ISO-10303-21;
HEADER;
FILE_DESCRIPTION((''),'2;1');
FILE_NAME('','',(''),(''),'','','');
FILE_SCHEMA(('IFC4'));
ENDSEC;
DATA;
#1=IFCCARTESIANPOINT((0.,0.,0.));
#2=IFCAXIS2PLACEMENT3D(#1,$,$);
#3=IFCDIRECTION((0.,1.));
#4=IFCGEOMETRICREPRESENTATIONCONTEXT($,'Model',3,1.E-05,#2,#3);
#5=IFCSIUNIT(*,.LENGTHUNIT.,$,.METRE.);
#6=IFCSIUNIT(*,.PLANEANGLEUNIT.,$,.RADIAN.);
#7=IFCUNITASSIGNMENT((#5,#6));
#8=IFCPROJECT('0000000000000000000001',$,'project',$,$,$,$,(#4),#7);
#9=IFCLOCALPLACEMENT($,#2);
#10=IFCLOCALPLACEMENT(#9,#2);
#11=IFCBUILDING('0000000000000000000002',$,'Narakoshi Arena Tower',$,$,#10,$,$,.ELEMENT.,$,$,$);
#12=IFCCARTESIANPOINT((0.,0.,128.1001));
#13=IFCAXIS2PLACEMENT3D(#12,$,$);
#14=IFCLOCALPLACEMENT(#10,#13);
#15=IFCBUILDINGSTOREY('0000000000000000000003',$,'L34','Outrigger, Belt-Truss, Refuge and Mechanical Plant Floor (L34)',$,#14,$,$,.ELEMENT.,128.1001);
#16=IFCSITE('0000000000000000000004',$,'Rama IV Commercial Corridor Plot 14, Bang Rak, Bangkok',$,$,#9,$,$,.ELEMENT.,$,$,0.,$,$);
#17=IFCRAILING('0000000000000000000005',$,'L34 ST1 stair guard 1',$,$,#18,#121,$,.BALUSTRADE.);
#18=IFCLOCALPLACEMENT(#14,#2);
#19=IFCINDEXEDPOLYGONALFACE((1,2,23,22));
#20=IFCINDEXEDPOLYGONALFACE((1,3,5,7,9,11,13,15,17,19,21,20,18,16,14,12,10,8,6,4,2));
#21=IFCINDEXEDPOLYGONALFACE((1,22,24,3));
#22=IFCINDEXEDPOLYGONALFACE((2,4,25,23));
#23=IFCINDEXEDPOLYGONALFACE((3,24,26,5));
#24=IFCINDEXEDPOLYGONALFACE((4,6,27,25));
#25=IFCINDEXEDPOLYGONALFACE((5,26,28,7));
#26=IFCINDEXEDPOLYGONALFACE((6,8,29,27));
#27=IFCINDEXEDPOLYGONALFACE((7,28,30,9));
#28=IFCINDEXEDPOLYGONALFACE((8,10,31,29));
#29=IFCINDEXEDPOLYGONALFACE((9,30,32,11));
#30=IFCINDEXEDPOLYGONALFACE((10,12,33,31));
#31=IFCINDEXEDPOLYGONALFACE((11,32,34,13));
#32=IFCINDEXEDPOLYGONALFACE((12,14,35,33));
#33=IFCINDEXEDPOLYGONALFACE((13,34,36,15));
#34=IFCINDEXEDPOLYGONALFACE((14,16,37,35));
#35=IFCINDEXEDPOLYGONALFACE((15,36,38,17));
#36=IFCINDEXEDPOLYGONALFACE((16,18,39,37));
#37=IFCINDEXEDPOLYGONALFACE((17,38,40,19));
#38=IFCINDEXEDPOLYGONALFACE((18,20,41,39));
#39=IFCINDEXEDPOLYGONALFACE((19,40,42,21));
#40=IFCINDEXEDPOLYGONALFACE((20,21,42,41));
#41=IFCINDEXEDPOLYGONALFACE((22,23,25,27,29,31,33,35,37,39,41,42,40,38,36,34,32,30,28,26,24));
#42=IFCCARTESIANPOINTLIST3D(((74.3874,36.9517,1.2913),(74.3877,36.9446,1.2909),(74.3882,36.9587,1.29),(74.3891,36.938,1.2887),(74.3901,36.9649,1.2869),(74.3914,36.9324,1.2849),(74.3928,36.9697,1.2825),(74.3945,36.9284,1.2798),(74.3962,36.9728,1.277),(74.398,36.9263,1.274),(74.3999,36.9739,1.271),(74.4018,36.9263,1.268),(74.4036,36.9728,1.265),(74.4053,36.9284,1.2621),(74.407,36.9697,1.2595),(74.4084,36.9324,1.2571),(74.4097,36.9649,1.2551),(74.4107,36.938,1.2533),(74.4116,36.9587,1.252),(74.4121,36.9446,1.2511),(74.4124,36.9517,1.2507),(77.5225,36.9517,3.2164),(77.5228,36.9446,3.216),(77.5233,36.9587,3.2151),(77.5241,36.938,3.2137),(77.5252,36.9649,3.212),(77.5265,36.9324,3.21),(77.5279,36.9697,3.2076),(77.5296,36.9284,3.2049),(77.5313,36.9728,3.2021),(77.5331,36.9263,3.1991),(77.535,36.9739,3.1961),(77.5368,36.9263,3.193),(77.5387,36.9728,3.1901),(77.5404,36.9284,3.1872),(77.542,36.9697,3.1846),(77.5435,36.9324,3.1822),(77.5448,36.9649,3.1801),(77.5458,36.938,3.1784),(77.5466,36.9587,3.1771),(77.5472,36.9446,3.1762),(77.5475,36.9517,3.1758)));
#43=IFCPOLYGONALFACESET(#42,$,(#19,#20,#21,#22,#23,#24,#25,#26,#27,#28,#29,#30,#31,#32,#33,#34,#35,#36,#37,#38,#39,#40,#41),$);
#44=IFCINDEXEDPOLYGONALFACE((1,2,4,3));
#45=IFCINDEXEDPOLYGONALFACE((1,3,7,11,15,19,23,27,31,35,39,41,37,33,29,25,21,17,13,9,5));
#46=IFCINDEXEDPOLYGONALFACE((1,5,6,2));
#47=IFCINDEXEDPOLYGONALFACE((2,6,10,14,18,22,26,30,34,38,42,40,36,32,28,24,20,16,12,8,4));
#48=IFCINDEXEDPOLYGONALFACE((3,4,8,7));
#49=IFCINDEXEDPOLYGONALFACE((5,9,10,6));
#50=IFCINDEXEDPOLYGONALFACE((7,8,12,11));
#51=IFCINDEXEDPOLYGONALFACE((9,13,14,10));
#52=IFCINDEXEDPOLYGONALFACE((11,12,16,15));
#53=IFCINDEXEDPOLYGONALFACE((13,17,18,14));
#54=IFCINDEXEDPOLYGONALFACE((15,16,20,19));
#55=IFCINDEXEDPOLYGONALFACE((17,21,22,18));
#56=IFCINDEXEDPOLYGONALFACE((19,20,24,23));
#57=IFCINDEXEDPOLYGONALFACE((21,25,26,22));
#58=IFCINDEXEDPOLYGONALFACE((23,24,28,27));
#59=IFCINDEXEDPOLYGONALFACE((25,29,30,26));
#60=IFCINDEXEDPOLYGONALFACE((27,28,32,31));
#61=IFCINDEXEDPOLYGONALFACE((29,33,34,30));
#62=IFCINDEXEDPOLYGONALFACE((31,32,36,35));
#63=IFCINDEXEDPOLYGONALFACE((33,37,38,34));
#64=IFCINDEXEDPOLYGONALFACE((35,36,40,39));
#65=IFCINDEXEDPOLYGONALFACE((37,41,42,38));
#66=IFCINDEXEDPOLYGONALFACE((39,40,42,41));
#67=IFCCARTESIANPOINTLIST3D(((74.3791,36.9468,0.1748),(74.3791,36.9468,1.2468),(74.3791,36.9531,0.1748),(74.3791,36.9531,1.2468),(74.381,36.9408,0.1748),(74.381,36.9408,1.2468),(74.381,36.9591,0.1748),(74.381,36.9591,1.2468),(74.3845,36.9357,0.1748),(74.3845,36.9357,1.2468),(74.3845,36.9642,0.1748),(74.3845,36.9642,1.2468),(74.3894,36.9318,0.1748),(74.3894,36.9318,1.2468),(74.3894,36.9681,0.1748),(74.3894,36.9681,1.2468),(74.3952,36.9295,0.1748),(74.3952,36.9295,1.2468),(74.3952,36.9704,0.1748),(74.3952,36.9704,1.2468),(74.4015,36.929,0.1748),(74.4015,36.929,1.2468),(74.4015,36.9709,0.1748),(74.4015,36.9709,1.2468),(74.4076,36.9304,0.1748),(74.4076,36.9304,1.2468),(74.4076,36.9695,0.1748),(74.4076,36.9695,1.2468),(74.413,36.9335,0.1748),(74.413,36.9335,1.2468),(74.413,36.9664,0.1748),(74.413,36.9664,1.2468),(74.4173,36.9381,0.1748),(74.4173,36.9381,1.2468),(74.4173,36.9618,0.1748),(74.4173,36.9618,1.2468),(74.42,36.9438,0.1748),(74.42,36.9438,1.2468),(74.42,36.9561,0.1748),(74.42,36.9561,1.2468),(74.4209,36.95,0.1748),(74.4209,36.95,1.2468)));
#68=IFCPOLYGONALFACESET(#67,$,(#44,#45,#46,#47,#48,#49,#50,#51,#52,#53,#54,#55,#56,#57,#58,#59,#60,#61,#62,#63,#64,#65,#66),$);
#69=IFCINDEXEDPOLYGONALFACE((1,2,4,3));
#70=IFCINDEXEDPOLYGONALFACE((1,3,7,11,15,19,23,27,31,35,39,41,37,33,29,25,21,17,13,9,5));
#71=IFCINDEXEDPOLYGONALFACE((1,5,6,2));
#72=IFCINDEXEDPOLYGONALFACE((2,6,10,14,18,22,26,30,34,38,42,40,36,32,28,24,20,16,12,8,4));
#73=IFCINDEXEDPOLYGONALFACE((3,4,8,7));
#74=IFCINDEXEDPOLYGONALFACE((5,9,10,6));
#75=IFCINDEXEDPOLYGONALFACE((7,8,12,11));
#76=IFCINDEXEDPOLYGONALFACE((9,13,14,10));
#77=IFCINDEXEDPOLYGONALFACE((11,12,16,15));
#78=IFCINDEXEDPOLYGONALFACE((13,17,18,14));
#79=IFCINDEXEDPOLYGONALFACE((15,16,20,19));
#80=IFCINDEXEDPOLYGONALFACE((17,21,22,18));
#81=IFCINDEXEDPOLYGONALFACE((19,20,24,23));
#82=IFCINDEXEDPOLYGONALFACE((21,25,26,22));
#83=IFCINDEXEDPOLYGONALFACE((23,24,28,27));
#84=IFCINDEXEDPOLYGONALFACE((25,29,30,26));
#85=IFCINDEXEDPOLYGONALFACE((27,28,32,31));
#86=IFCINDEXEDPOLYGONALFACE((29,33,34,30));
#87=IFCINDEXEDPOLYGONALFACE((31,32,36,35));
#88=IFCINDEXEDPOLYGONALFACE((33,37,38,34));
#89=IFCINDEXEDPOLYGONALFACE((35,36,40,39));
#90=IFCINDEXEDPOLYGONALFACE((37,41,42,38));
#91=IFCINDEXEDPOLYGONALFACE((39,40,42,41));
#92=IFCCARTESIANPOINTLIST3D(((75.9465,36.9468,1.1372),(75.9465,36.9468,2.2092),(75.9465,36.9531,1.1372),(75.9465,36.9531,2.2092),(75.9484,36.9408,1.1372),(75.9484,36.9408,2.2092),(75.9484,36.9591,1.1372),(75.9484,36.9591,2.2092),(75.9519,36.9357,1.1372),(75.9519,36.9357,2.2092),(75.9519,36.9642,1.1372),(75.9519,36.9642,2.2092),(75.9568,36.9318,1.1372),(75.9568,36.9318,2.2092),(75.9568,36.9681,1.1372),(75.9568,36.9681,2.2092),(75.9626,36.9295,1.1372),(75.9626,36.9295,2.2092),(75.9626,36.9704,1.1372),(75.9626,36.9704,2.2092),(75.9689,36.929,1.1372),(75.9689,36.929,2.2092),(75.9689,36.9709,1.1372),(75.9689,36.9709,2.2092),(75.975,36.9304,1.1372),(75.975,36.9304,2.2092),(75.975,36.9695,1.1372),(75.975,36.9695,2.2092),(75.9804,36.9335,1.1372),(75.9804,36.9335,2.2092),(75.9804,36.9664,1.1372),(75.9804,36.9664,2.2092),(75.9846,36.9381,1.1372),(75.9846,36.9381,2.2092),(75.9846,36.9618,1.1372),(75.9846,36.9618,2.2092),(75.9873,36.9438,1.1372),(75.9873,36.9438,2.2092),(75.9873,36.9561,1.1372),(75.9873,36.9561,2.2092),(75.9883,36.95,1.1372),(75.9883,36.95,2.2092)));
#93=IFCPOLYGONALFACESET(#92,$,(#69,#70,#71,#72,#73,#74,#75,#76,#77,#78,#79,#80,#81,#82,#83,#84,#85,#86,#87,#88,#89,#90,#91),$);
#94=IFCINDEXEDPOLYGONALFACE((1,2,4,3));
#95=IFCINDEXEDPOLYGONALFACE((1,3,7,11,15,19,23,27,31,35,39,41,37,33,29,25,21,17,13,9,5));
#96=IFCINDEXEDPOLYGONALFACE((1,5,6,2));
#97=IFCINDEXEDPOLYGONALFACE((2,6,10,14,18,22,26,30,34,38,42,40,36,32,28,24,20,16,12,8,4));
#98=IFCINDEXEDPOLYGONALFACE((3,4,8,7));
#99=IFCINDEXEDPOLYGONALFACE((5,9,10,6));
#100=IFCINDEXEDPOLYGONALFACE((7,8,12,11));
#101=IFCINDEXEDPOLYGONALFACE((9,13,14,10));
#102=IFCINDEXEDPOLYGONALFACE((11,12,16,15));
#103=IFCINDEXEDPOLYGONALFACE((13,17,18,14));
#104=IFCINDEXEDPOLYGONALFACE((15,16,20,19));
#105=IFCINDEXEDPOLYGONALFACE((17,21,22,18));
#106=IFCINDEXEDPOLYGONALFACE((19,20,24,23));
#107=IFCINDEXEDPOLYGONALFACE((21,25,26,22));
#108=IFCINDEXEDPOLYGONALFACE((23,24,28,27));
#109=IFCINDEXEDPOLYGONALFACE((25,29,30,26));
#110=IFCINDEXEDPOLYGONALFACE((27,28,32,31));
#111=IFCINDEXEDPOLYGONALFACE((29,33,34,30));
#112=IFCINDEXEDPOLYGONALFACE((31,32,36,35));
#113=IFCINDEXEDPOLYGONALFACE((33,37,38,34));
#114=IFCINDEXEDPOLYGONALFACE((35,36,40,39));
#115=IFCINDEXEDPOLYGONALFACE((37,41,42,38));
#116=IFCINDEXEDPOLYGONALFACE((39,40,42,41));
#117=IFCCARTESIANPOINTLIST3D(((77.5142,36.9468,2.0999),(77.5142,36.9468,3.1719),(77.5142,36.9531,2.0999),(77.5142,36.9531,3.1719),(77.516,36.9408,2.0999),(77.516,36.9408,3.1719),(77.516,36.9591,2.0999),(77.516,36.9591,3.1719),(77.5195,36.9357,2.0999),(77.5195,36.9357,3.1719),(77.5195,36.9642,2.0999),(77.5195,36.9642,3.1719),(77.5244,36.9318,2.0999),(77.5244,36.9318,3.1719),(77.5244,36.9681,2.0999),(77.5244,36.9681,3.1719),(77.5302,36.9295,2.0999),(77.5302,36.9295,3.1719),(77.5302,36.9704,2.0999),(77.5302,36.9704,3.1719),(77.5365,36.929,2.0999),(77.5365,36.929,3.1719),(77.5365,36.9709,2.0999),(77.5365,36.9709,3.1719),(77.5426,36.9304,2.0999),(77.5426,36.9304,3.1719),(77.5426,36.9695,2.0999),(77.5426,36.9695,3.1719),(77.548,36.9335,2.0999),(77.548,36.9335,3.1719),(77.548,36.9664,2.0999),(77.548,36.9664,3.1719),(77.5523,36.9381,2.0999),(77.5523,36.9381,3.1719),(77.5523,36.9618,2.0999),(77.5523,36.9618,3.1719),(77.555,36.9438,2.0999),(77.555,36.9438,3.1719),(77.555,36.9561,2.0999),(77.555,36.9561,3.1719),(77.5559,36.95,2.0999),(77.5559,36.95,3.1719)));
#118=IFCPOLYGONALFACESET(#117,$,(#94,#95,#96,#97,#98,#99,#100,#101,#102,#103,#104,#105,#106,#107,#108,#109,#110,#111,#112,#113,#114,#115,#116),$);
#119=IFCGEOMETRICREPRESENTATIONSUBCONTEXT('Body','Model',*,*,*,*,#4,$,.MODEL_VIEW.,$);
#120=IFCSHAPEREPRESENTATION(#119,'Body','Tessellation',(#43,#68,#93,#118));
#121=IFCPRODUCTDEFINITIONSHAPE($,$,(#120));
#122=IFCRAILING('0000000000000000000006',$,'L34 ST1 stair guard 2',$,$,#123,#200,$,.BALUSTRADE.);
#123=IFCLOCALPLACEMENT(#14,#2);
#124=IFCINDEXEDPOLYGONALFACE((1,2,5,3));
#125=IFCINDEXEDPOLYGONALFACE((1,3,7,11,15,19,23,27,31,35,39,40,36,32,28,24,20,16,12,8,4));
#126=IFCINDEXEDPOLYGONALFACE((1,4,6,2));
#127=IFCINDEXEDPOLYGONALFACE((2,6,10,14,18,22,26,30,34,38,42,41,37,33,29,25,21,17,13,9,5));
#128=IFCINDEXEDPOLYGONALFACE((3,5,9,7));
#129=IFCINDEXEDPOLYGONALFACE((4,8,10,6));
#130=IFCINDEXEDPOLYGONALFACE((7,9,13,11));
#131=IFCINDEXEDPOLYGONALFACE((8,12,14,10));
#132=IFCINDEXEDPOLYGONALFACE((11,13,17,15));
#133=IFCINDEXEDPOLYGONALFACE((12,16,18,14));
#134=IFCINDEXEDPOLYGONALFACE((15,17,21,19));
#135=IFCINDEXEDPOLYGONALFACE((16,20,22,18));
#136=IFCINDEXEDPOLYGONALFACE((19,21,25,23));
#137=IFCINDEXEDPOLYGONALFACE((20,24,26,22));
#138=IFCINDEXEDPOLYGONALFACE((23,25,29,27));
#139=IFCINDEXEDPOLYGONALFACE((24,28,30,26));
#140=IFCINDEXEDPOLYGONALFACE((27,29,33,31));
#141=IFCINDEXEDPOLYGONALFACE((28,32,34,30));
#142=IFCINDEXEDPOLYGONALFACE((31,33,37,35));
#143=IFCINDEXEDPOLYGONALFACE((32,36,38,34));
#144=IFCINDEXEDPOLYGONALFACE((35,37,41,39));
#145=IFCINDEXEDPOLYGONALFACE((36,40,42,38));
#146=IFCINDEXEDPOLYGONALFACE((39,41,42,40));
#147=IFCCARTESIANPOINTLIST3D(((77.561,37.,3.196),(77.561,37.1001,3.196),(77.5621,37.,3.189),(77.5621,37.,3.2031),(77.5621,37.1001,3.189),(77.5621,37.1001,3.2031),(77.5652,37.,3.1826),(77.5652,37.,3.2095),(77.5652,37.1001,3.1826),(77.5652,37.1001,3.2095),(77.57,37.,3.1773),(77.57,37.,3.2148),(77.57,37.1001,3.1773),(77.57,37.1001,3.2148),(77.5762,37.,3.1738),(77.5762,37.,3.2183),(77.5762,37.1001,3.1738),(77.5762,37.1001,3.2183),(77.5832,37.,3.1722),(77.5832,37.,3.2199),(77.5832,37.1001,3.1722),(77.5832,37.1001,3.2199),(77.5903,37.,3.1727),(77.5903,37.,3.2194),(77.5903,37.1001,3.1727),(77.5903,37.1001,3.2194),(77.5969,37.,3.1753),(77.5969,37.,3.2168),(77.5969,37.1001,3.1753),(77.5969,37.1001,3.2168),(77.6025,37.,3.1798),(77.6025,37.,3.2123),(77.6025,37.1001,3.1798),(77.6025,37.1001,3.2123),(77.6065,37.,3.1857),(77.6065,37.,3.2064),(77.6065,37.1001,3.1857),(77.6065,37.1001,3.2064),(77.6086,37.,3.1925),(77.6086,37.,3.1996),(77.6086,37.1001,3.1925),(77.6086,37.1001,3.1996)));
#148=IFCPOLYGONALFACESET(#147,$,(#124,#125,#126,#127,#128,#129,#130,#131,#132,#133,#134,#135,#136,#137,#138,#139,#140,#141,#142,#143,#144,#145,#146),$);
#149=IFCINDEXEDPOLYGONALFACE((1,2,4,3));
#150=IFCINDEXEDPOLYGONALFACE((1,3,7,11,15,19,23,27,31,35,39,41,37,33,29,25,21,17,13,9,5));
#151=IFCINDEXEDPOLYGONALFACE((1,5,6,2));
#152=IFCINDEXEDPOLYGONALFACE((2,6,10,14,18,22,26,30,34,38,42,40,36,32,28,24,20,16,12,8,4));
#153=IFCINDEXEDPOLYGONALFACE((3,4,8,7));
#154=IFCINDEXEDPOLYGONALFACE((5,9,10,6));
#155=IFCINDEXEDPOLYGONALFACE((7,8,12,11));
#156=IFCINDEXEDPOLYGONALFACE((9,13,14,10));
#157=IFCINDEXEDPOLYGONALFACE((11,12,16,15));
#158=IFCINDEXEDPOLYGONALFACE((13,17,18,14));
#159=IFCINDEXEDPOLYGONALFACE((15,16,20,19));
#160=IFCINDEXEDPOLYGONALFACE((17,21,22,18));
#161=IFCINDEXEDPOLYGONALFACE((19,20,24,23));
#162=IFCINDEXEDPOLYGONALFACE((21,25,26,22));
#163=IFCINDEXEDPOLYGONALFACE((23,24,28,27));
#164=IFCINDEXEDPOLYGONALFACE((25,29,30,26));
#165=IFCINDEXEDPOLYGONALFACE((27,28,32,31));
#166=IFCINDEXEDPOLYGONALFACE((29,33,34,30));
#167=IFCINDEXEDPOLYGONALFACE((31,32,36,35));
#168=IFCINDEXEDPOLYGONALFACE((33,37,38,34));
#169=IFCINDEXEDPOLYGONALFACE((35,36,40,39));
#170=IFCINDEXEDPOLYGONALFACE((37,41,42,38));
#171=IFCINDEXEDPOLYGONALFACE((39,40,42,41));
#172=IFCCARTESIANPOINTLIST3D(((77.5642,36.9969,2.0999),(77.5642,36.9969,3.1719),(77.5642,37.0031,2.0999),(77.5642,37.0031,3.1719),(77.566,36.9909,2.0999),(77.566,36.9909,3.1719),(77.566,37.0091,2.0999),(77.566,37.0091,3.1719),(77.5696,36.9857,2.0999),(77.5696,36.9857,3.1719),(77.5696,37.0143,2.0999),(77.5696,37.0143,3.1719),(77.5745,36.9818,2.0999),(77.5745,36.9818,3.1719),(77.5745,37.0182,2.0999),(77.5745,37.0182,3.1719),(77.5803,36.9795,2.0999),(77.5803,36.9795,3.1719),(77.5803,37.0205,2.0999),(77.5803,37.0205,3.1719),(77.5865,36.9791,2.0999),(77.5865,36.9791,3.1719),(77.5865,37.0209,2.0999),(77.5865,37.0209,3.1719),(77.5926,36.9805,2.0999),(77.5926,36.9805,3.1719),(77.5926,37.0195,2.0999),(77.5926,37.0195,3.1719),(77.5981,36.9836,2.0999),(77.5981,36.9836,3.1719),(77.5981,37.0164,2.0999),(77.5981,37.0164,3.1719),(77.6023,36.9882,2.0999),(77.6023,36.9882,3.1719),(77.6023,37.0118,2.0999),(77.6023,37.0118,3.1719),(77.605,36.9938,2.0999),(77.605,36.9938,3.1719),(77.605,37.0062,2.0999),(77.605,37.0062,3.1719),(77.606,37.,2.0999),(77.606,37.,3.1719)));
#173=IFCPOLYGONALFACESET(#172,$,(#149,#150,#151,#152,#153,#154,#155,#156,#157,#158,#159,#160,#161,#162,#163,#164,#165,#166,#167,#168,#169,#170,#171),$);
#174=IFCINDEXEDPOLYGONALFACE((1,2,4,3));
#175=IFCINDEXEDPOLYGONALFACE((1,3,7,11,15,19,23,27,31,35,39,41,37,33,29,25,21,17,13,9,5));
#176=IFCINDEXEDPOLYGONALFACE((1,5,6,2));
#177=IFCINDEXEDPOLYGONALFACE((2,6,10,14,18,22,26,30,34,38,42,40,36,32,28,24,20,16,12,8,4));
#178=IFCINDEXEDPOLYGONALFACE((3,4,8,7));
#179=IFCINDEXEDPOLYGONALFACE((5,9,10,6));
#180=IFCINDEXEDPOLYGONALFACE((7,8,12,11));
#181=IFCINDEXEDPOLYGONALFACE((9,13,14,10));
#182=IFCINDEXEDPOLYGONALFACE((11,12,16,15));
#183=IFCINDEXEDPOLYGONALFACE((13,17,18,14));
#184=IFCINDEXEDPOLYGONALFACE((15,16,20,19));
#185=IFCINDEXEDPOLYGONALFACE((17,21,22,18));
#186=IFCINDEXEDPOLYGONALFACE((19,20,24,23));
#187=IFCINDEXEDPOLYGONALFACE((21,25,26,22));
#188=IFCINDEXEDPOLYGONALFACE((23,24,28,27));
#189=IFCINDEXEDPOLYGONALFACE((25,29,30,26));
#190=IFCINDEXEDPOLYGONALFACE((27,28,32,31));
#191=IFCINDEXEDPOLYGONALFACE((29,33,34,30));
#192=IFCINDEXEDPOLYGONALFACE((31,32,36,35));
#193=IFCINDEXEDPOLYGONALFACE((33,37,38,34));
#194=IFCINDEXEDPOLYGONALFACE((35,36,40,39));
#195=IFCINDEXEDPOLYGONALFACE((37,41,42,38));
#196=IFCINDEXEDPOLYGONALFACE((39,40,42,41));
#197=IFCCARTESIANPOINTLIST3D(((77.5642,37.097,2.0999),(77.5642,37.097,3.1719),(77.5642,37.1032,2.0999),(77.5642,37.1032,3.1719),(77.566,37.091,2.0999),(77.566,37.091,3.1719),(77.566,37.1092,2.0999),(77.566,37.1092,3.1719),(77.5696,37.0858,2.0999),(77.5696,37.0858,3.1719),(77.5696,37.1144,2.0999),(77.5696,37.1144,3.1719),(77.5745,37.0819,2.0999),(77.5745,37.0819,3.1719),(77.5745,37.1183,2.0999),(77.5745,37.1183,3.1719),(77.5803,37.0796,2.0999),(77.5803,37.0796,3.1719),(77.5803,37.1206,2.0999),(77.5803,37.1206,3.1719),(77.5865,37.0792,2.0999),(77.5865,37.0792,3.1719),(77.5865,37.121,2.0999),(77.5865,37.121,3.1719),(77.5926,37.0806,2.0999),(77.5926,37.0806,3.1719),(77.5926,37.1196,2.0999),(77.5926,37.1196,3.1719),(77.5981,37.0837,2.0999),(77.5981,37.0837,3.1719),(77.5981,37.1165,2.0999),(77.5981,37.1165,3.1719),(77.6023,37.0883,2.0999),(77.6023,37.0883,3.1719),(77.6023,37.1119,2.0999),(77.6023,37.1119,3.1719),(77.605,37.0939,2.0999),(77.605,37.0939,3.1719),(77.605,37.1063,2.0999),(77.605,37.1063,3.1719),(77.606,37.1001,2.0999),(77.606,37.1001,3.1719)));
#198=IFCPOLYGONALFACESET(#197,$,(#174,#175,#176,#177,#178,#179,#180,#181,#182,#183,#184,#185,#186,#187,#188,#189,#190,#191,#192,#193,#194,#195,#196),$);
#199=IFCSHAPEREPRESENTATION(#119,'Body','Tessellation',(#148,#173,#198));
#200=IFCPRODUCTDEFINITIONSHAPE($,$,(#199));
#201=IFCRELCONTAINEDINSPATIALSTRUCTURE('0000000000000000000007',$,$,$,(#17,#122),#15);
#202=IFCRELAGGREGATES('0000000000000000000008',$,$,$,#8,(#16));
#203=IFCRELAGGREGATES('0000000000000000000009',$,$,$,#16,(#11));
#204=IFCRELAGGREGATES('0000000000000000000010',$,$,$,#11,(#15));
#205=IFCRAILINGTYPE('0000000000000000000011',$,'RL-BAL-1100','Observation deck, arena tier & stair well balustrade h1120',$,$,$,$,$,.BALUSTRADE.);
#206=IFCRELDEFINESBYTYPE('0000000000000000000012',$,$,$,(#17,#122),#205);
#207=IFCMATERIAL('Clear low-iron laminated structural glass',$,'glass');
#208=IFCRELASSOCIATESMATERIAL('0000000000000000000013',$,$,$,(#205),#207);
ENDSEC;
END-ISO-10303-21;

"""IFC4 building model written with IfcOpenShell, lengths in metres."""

from ifc_helpers import new_model, si_unit, direction, frame, origin, origin_2d, place, context, subcontext, project, spatial, circle, extrude, material, type_object, element, save


model = new_model("IFC4")

# Units and contexts
model_context = context("Model", 3, precision=1e-05, world=origin(), true_north=direction((0.0, 1.0)))
body_context = subcontext(model_context, "Body", "Model", "MODEL_VIEW")
ifc_project = project(units=[si_unit("LENGTHUNIT", "METRE"), si_unit("PLANEANGLEUNIT", "RADIAN")], contexts=[model_context])

# Site, building, storey
site_placement = place(None, origin())
site = spatial("IfcSite", under=ifc_project, at=site_placement, Name="Rama IV Commercial Corridor Plot 14, Bang Rak, Bangkok", CompositionType="ELEMENT", RefElevation=0.0)
building_placement = place(site_placement, origin())
building = spatial("IfcBuilding", under=site, at=building_placement, Name="Narakoshi Arena Tower", CompositionType="ELEMENT")
storey_placement = place(building_placement, frame((0.0, 0.0, 128.1001)))
storey = spatial("IfcBuildingStorey", under=building, at=storey_placement, Name="L34", Description="Outrigger, Belt-Truss, Refuge and Mechanical Plant Floor (L34)", CompositionType="ELEMENT", Elevation=128.1001)

# Railings
ifc_material_1 = material(Name="Clear low-iron laminated structural glass", Category="glass")
railing_type_1 = type_object("IfcRailingType", Name="RL-BAL-1100", Description="Observation deck, arena tier & stair well balustrade h1120", PredefinedType="BALUSTRADE", material=ifc_material_1)
railing_1_placement = place(storey_placement, frame((74.3999, 36.95, 0.1748)))
element("IfcRailing", 1, at=railing_1_placement, inside=storey, type_object=railing_type_1, Name="L34 ST1 stair guard 1", PredefinedType="BALUSTRADE", context=body_context, shape_type="SweptSolid", body=[
    extrude(circle(Radius=0.0239, at=origin_2d()), frame((0.0, 0.0, 1.0962), z_axis=(0.852166, 0.0, 0.523271), x_axis=(0.0, 1.0, 0.0)), (0.0, 0.0, 1.0), 3.679),
    extrude(circle(Radius=0.021, at=origin_2d()), origin(), (0.0, 0.0, 1.0), 1.072),
    extrude(circle(Radius=0.021, at=origin_2d()), frame((1.5674, 0.0, 0.9624)), (0.0, 0.0, 1.0), 1.072),
    extrude(circle(Radius=0.021, at=origin_2d()), frame((3.135, 0.0, 1.925)), (0.0, 0.0, 1.0), 1.072),
])
railing_2_placement = place(storey_placement, frame((77.585, 37.0, 2.0999)))
element("IfcRailing", 2, at=railing_2_placement, inside=storey, type_object=railing_type_1, Name="L34 ST1 stair guard 2", PredefinedType="BALUSTRADE", context=body_context, shape_type="SweptSolid", body=[
    extrude(circle(Radius=0.0239, at=origin_2d()), frame((0.0, 0.0, 1.0962), z_axis=(0.0, 1.0, 0.0), x_axis=(-1.0, 0.0, 0.0)), (0.0, 0.0, 1.0), 0.1001),
    extrude(circle(Radius=0.021, at=origin_2d()), origin(), (0.0, 0.0, 1.0), 1.072),
    extrude(circle(Radius=0.021, at=origin_2d()), frame((0.0, 0.1001, 0.0)), (0.0, 0.0, 1.0), 1.072),
])

save(model, "model.ifc")
